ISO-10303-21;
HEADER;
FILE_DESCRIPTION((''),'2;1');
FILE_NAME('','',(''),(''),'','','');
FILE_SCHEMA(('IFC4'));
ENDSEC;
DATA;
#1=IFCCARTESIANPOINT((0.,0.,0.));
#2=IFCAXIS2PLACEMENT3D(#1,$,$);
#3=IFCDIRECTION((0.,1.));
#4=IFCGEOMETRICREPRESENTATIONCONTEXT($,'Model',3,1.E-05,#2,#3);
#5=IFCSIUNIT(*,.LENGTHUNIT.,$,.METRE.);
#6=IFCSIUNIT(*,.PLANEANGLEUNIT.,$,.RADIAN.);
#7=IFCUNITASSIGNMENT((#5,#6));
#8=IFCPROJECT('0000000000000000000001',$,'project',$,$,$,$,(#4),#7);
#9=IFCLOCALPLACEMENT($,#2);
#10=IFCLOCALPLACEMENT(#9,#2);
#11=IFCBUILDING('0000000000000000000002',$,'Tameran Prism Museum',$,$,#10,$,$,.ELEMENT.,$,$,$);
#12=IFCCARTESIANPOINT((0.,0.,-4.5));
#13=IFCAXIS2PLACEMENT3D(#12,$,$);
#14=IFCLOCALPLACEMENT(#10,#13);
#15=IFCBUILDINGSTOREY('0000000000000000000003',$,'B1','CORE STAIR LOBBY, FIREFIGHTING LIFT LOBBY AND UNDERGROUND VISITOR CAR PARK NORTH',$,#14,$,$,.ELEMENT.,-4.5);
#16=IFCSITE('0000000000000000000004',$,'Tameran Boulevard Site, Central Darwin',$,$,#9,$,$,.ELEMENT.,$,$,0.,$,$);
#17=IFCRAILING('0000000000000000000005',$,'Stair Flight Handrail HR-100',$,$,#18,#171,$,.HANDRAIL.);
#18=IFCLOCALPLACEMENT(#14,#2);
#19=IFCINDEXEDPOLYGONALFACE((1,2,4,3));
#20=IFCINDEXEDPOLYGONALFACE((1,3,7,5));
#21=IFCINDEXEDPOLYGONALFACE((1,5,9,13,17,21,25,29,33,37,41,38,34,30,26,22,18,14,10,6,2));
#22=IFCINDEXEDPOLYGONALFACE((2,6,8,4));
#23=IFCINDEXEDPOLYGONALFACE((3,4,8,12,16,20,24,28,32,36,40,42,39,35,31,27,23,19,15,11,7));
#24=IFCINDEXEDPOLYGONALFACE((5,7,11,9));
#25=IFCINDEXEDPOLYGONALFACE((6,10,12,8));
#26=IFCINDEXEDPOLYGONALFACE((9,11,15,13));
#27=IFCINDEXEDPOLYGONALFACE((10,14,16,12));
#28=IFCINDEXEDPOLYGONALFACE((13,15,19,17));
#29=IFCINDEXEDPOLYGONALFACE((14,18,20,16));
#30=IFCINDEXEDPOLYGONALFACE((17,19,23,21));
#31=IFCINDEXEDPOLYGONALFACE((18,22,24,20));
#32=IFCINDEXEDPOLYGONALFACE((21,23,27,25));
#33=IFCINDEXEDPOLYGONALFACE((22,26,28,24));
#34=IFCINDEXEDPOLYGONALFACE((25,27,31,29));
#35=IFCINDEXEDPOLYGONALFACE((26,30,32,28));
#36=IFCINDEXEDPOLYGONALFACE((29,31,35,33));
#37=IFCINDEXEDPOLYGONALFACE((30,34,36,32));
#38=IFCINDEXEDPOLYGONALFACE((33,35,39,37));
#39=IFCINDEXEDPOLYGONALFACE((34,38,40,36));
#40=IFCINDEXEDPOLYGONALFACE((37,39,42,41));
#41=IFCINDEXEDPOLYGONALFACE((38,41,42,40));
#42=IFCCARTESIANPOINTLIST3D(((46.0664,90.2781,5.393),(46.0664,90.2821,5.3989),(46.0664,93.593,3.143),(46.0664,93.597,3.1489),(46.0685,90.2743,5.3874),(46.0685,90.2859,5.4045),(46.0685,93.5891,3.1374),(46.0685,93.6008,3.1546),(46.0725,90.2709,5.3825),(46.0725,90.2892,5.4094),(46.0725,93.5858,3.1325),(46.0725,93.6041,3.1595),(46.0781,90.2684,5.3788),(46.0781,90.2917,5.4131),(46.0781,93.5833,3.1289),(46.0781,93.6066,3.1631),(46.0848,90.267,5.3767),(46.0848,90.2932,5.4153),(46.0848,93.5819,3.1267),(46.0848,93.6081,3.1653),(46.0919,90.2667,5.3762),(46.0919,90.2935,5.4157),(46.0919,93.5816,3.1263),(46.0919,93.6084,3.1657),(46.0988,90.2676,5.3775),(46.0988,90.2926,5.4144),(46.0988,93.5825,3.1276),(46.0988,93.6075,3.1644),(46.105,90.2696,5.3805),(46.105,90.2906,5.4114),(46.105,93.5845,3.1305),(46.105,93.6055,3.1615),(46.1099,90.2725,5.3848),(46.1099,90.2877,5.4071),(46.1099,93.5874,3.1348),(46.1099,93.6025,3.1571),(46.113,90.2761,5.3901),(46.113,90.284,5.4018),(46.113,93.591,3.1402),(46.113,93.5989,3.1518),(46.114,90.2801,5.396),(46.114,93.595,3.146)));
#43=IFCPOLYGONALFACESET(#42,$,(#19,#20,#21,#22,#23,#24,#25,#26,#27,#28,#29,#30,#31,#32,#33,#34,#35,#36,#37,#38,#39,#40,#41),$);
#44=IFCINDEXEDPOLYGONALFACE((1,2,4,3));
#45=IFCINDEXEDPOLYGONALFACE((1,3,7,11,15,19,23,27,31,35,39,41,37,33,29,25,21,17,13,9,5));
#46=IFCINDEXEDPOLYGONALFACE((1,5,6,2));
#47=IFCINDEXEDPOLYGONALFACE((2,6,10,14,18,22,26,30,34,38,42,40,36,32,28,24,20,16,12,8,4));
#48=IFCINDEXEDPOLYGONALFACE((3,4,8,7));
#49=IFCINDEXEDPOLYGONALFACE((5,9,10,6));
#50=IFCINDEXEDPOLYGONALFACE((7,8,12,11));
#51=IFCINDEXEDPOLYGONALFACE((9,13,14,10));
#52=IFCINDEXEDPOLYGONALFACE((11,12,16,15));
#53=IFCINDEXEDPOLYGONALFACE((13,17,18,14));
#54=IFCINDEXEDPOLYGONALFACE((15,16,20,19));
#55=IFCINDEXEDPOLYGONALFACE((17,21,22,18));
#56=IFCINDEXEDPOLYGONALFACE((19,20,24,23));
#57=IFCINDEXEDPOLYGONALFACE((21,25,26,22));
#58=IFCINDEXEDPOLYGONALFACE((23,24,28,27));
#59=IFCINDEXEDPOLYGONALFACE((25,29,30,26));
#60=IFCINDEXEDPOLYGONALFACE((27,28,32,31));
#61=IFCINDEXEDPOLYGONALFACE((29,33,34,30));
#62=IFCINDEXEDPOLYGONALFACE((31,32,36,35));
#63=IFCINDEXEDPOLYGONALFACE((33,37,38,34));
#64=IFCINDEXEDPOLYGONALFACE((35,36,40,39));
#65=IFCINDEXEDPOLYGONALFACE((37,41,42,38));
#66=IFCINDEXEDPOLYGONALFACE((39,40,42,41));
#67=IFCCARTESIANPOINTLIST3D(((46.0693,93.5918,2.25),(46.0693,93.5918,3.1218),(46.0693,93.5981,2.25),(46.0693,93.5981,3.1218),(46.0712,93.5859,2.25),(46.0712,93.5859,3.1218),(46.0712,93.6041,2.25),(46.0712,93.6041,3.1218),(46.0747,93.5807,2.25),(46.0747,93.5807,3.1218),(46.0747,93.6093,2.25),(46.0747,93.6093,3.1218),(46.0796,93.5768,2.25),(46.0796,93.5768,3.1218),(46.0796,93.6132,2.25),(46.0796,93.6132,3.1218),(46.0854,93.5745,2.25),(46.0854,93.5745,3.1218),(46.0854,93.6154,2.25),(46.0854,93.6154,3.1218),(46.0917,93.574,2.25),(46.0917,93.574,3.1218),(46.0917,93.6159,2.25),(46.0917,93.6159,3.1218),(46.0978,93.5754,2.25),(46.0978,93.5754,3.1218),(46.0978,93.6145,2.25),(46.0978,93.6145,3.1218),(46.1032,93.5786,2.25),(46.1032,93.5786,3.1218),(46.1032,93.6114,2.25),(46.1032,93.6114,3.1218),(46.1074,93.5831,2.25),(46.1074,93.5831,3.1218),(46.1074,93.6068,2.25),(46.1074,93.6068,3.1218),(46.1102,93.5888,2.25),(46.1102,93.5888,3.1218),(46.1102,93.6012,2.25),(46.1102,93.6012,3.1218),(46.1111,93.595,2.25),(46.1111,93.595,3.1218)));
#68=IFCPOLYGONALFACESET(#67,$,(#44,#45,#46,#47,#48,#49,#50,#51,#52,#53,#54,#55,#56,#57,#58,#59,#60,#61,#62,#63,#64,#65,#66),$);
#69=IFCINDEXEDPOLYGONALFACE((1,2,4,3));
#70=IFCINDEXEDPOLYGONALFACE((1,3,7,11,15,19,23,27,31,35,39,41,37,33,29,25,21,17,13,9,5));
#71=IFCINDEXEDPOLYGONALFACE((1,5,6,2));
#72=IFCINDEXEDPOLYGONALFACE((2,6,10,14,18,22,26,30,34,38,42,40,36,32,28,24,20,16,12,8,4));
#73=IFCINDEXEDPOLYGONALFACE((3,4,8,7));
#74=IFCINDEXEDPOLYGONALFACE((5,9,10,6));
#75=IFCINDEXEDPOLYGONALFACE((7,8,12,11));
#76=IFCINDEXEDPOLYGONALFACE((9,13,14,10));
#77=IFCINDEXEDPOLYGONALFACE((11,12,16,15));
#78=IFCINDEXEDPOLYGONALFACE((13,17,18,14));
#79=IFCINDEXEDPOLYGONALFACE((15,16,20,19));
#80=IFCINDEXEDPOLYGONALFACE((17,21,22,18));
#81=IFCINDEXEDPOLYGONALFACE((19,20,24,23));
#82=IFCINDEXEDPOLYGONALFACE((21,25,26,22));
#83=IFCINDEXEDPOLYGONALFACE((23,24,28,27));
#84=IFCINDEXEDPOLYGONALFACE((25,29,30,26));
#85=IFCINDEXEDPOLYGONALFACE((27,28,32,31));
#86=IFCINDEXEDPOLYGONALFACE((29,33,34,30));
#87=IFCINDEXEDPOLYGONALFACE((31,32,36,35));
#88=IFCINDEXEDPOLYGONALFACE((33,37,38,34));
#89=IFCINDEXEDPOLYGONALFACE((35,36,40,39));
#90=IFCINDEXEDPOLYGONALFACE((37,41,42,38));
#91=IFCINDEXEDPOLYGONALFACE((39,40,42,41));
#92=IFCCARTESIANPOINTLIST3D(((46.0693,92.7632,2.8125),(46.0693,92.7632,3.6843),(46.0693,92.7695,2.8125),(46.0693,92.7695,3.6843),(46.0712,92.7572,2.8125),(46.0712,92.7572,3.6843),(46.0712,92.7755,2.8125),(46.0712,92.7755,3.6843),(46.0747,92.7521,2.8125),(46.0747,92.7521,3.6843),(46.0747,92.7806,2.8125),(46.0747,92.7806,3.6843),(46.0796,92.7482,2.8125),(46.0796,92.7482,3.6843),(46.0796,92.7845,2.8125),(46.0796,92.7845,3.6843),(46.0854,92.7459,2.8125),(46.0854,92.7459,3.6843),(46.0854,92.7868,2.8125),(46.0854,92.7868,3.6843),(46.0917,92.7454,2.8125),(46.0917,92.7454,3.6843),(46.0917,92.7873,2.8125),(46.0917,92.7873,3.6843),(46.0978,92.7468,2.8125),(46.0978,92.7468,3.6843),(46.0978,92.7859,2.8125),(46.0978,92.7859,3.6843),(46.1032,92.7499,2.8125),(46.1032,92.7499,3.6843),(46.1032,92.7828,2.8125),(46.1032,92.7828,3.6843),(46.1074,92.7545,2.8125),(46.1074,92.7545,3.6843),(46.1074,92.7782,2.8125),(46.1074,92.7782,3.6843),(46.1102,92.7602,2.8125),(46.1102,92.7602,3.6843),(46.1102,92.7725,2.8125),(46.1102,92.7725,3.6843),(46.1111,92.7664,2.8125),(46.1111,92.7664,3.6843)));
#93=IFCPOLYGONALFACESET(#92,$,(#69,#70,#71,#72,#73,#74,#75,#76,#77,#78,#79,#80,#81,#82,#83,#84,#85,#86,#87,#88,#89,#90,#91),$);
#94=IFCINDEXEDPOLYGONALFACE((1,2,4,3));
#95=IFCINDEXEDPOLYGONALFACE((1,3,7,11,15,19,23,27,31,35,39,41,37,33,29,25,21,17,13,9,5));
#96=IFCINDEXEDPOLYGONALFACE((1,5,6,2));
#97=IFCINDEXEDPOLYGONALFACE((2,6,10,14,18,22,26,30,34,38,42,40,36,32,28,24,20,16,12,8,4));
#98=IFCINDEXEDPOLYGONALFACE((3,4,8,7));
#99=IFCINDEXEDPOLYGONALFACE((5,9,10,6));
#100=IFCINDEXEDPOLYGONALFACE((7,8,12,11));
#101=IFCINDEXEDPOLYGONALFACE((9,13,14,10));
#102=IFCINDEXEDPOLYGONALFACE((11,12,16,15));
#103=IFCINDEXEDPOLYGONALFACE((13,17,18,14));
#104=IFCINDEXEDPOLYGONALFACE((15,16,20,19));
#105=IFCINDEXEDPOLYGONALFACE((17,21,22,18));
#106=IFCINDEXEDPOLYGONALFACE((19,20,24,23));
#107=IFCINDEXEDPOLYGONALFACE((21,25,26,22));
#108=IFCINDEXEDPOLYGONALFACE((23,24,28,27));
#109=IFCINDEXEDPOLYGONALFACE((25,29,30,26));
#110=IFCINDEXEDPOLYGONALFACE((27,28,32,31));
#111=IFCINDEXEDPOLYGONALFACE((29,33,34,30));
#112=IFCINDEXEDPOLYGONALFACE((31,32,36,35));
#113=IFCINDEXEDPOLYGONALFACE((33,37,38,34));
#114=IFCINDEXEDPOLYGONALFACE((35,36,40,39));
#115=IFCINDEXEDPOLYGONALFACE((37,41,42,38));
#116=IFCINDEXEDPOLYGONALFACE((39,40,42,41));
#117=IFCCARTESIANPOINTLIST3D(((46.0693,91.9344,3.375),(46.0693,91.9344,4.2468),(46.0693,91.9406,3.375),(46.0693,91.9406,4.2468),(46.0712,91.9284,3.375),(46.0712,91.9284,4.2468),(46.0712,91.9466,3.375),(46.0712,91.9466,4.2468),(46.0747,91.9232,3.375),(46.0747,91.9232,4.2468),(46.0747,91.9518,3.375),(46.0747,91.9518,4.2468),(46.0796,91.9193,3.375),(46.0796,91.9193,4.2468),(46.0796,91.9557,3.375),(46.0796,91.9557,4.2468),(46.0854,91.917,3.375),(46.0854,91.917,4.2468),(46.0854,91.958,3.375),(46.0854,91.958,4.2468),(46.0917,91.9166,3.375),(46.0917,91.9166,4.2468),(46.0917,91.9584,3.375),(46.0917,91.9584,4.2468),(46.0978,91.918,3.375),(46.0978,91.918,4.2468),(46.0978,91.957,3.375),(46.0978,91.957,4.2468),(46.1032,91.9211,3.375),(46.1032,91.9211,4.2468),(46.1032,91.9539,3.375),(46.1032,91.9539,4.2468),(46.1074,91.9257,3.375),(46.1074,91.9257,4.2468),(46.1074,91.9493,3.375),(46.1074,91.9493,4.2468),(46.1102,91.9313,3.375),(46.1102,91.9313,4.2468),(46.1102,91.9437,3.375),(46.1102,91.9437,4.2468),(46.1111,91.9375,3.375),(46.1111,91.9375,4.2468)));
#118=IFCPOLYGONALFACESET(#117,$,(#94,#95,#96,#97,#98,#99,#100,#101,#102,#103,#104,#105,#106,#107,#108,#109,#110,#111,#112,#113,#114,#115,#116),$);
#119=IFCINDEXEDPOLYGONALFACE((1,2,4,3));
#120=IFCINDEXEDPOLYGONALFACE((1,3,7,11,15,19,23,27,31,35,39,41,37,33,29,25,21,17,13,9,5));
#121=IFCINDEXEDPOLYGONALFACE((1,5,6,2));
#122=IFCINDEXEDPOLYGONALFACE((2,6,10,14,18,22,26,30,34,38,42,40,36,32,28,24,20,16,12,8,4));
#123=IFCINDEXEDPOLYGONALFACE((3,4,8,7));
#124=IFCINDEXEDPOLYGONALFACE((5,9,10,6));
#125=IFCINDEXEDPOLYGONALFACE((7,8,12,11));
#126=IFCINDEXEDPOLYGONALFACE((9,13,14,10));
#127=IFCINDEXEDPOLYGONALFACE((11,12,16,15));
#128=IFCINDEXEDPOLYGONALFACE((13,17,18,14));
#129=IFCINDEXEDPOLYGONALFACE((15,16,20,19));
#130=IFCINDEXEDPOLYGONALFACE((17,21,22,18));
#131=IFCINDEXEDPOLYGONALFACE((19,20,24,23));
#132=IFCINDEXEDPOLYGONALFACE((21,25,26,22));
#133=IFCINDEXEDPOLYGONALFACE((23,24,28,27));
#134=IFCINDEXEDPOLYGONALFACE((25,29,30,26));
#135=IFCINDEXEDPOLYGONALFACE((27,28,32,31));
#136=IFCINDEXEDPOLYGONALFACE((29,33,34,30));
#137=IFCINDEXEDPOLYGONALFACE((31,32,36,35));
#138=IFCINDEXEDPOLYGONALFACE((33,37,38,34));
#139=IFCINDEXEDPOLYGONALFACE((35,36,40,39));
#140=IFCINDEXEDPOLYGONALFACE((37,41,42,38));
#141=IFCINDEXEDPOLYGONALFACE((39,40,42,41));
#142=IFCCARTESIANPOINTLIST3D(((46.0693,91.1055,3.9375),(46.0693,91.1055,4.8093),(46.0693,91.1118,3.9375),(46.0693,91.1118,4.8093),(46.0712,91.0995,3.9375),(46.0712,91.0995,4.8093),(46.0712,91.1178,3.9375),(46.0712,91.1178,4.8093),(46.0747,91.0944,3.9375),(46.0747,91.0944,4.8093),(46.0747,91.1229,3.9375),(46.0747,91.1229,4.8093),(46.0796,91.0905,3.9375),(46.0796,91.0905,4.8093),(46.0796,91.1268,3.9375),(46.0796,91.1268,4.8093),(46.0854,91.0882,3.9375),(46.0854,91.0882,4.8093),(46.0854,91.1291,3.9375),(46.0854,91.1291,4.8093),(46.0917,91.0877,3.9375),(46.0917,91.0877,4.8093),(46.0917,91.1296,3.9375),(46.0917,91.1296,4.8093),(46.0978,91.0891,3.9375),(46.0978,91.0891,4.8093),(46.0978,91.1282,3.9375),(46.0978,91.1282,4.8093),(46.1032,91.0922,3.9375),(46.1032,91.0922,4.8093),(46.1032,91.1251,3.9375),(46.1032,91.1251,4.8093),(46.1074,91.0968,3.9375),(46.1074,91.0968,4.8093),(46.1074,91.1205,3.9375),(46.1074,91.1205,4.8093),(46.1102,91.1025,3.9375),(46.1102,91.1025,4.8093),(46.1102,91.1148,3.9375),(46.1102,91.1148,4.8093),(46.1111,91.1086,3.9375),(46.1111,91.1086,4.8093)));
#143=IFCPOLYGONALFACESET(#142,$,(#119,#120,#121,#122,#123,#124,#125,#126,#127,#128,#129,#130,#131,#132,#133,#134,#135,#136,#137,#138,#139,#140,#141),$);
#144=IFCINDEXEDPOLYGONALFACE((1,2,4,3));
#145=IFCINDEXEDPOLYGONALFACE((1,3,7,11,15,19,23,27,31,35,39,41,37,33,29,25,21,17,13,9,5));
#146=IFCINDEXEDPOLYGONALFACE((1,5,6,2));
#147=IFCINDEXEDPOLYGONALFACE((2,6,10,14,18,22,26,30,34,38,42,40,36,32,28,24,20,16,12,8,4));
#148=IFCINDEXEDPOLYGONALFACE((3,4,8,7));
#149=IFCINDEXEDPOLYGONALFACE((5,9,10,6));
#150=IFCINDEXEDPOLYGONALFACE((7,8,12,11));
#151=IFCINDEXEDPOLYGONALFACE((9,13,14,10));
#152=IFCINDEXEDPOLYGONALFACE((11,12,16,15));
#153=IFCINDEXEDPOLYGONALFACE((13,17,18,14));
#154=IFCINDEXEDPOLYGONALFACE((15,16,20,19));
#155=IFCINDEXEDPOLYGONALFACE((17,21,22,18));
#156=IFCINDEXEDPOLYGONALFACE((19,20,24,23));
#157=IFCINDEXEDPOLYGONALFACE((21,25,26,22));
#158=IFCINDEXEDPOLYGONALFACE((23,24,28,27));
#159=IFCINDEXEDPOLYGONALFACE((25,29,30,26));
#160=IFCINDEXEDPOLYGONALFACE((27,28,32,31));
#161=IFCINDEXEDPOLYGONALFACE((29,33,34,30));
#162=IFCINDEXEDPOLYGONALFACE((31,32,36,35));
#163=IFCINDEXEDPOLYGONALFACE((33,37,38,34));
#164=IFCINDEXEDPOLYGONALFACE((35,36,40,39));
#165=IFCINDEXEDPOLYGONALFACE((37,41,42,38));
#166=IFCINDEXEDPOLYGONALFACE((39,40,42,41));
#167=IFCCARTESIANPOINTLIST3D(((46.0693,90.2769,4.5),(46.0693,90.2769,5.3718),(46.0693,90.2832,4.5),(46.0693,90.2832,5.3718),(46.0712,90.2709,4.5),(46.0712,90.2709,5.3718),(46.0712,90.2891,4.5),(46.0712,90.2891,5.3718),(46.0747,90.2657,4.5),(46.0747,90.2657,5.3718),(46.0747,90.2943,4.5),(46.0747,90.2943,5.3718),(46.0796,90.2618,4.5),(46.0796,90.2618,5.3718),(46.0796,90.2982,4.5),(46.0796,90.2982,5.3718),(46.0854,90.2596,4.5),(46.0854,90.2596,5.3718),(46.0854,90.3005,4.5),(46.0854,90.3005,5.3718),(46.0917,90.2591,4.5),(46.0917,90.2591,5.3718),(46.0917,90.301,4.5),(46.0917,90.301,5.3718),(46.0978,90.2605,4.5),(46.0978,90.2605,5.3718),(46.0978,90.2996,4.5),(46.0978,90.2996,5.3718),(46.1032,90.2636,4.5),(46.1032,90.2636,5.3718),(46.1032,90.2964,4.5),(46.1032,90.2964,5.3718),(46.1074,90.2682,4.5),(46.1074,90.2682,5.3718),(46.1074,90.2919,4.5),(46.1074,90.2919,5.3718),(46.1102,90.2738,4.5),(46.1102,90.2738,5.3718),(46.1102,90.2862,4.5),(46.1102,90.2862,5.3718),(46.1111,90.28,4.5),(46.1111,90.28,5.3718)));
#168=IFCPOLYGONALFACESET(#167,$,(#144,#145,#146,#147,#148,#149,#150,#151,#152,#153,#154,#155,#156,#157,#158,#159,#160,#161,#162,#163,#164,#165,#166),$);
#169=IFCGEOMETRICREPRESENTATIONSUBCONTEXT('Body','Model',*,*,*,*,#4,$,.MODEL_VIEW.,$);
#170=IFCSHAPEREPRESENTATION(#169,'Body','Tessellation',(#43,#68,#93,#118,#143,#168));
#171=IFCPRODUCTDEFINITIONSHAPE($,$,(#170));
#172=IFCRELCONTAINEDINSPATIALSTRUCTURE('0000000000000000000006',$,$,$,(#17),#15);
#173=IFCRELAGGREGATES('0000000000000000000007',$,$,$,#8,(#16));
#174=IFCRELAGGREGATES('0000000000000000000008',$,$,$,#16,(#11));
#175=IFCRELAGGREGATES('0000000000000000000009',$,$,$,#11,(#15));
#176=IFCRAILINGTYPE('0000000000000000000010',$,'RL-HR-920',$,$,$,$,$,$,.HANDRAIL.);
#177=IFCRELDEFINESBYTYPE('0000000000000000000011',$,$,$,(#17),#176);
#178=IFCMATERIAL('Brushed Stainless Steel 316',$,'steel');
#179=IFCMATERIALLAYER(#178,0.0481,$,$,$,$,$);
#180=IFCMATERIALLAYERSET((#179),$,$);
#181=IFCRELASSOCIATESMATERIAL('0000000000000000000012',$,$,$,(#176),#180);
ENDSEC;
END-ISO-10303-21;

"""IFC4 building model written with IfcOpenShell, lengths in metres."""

from ifc_helpers import new_model, si_unit, direction, frame, origin, origin_2d, place, context, subcontext, project, spatial, circle, extrude, material, layer, layer_set, type_object, element, save


model = new_model("IFC4")

# Units and contexts
model_context = context("Model", 3, precision=1e-05, world=origin(), true_north=direction((0.0, 1.0)))
body_context = subcontext(model_context, "Body", "Model", "MODEL_VIEW")
ifc_project = project(units=[si_unit("LENGTHUNIT", "METRE"), si_unit("PLANEANGLEUNIT", "RADIAN")], contexts=[model_context])

# Site, building, storey
site_placement = place(None, origin())
site = spatial("IfcSite", under=ifc_project, at=site_placement, Name="Tameran Boulevard Site, Central Darwin", CompositionType="ELEMENT", RefElevation=0.0)
building_placement = place(site_placement, origin())
building = spatial("IfcBuilding", under=site, at=building_placement, Name="Tameran Prism Museum", CompositionType="ELEMENT")
storey_placement = place(building_placement, frame((0.0, 0.0, -4.5)))
storey = spatial("IfcBuildingStorey", under=building, at=storey_placement, Name="B1", Description="CORE STAIR LOBBY, FIREFIGHTING LIFT LOBBY AND UNDERGROUND VISITOR CAR PARK NORTH", CompositionType="ELEMENT", Elevation=-4.5)

# Railing
ifc_material_1 = material(Name="Brushed Stainless Steel 316", Category="steel")
ifc_layer_1 = layer(ifc_material_1, 0.0481)
ifc_layer_set_1 = layer_set([ifc_layer_1])
railing_type_1 = type_object("IfcRailingType", Name="RL-HR-920", PredefinedType="HANDRAIL", material=ifc_layer_set_1)
railing_1_placement = place(storey_placement, frame((46.0901, 93.595, 2.25)))
element("IfcRailing", 1, at=railing_1_placement, inside=storey, type_object=railing_type_1, Name="Stair Flight Handrail HR-100", PredefinedType="HANDRAIL", context=body_context, shape_type="SweptSolid", body=[
    extrude(circle(Radius=0.0239, at=origin_2d()), frame((0.0, 0.0, 0.896), z_axis=(0.0, -0.827409, 0.5616), x_axis=(1.0, 0.0, 0.0)), (0.0, 0.0, 1.0), 4.0063),
    extrude(circle(Radius=0.021, at=origin_2d()), origin(), (0.0, 0.0, 1.0), 0.8718),
    extrude(circle(Radius=0.021, at=origin_2d()), frame((0.0, -0.8286, 0.5625)), (0.0, 0.0, 1.0), 0.8718),
    extrude(circle(Radius=0.021, at=origin_2d()), frame((0.0, -1.6575, 1.125)), (0.0, 0.0, 1.0), 0.8718),
    extrude(circle(Radius=0.021, at=origin_2d()), frame((0.0, -2.4863, 1.6875)), (0.0, 0.0, 1.0), 0.8718),
    extrude(circle(Radius=0.021, at=origin_2d()), frame((0.0, -3.3149, 2.25)), (0.0, 0.0, 1.0), 0.8718),
])

save(model, "model.ifc")
